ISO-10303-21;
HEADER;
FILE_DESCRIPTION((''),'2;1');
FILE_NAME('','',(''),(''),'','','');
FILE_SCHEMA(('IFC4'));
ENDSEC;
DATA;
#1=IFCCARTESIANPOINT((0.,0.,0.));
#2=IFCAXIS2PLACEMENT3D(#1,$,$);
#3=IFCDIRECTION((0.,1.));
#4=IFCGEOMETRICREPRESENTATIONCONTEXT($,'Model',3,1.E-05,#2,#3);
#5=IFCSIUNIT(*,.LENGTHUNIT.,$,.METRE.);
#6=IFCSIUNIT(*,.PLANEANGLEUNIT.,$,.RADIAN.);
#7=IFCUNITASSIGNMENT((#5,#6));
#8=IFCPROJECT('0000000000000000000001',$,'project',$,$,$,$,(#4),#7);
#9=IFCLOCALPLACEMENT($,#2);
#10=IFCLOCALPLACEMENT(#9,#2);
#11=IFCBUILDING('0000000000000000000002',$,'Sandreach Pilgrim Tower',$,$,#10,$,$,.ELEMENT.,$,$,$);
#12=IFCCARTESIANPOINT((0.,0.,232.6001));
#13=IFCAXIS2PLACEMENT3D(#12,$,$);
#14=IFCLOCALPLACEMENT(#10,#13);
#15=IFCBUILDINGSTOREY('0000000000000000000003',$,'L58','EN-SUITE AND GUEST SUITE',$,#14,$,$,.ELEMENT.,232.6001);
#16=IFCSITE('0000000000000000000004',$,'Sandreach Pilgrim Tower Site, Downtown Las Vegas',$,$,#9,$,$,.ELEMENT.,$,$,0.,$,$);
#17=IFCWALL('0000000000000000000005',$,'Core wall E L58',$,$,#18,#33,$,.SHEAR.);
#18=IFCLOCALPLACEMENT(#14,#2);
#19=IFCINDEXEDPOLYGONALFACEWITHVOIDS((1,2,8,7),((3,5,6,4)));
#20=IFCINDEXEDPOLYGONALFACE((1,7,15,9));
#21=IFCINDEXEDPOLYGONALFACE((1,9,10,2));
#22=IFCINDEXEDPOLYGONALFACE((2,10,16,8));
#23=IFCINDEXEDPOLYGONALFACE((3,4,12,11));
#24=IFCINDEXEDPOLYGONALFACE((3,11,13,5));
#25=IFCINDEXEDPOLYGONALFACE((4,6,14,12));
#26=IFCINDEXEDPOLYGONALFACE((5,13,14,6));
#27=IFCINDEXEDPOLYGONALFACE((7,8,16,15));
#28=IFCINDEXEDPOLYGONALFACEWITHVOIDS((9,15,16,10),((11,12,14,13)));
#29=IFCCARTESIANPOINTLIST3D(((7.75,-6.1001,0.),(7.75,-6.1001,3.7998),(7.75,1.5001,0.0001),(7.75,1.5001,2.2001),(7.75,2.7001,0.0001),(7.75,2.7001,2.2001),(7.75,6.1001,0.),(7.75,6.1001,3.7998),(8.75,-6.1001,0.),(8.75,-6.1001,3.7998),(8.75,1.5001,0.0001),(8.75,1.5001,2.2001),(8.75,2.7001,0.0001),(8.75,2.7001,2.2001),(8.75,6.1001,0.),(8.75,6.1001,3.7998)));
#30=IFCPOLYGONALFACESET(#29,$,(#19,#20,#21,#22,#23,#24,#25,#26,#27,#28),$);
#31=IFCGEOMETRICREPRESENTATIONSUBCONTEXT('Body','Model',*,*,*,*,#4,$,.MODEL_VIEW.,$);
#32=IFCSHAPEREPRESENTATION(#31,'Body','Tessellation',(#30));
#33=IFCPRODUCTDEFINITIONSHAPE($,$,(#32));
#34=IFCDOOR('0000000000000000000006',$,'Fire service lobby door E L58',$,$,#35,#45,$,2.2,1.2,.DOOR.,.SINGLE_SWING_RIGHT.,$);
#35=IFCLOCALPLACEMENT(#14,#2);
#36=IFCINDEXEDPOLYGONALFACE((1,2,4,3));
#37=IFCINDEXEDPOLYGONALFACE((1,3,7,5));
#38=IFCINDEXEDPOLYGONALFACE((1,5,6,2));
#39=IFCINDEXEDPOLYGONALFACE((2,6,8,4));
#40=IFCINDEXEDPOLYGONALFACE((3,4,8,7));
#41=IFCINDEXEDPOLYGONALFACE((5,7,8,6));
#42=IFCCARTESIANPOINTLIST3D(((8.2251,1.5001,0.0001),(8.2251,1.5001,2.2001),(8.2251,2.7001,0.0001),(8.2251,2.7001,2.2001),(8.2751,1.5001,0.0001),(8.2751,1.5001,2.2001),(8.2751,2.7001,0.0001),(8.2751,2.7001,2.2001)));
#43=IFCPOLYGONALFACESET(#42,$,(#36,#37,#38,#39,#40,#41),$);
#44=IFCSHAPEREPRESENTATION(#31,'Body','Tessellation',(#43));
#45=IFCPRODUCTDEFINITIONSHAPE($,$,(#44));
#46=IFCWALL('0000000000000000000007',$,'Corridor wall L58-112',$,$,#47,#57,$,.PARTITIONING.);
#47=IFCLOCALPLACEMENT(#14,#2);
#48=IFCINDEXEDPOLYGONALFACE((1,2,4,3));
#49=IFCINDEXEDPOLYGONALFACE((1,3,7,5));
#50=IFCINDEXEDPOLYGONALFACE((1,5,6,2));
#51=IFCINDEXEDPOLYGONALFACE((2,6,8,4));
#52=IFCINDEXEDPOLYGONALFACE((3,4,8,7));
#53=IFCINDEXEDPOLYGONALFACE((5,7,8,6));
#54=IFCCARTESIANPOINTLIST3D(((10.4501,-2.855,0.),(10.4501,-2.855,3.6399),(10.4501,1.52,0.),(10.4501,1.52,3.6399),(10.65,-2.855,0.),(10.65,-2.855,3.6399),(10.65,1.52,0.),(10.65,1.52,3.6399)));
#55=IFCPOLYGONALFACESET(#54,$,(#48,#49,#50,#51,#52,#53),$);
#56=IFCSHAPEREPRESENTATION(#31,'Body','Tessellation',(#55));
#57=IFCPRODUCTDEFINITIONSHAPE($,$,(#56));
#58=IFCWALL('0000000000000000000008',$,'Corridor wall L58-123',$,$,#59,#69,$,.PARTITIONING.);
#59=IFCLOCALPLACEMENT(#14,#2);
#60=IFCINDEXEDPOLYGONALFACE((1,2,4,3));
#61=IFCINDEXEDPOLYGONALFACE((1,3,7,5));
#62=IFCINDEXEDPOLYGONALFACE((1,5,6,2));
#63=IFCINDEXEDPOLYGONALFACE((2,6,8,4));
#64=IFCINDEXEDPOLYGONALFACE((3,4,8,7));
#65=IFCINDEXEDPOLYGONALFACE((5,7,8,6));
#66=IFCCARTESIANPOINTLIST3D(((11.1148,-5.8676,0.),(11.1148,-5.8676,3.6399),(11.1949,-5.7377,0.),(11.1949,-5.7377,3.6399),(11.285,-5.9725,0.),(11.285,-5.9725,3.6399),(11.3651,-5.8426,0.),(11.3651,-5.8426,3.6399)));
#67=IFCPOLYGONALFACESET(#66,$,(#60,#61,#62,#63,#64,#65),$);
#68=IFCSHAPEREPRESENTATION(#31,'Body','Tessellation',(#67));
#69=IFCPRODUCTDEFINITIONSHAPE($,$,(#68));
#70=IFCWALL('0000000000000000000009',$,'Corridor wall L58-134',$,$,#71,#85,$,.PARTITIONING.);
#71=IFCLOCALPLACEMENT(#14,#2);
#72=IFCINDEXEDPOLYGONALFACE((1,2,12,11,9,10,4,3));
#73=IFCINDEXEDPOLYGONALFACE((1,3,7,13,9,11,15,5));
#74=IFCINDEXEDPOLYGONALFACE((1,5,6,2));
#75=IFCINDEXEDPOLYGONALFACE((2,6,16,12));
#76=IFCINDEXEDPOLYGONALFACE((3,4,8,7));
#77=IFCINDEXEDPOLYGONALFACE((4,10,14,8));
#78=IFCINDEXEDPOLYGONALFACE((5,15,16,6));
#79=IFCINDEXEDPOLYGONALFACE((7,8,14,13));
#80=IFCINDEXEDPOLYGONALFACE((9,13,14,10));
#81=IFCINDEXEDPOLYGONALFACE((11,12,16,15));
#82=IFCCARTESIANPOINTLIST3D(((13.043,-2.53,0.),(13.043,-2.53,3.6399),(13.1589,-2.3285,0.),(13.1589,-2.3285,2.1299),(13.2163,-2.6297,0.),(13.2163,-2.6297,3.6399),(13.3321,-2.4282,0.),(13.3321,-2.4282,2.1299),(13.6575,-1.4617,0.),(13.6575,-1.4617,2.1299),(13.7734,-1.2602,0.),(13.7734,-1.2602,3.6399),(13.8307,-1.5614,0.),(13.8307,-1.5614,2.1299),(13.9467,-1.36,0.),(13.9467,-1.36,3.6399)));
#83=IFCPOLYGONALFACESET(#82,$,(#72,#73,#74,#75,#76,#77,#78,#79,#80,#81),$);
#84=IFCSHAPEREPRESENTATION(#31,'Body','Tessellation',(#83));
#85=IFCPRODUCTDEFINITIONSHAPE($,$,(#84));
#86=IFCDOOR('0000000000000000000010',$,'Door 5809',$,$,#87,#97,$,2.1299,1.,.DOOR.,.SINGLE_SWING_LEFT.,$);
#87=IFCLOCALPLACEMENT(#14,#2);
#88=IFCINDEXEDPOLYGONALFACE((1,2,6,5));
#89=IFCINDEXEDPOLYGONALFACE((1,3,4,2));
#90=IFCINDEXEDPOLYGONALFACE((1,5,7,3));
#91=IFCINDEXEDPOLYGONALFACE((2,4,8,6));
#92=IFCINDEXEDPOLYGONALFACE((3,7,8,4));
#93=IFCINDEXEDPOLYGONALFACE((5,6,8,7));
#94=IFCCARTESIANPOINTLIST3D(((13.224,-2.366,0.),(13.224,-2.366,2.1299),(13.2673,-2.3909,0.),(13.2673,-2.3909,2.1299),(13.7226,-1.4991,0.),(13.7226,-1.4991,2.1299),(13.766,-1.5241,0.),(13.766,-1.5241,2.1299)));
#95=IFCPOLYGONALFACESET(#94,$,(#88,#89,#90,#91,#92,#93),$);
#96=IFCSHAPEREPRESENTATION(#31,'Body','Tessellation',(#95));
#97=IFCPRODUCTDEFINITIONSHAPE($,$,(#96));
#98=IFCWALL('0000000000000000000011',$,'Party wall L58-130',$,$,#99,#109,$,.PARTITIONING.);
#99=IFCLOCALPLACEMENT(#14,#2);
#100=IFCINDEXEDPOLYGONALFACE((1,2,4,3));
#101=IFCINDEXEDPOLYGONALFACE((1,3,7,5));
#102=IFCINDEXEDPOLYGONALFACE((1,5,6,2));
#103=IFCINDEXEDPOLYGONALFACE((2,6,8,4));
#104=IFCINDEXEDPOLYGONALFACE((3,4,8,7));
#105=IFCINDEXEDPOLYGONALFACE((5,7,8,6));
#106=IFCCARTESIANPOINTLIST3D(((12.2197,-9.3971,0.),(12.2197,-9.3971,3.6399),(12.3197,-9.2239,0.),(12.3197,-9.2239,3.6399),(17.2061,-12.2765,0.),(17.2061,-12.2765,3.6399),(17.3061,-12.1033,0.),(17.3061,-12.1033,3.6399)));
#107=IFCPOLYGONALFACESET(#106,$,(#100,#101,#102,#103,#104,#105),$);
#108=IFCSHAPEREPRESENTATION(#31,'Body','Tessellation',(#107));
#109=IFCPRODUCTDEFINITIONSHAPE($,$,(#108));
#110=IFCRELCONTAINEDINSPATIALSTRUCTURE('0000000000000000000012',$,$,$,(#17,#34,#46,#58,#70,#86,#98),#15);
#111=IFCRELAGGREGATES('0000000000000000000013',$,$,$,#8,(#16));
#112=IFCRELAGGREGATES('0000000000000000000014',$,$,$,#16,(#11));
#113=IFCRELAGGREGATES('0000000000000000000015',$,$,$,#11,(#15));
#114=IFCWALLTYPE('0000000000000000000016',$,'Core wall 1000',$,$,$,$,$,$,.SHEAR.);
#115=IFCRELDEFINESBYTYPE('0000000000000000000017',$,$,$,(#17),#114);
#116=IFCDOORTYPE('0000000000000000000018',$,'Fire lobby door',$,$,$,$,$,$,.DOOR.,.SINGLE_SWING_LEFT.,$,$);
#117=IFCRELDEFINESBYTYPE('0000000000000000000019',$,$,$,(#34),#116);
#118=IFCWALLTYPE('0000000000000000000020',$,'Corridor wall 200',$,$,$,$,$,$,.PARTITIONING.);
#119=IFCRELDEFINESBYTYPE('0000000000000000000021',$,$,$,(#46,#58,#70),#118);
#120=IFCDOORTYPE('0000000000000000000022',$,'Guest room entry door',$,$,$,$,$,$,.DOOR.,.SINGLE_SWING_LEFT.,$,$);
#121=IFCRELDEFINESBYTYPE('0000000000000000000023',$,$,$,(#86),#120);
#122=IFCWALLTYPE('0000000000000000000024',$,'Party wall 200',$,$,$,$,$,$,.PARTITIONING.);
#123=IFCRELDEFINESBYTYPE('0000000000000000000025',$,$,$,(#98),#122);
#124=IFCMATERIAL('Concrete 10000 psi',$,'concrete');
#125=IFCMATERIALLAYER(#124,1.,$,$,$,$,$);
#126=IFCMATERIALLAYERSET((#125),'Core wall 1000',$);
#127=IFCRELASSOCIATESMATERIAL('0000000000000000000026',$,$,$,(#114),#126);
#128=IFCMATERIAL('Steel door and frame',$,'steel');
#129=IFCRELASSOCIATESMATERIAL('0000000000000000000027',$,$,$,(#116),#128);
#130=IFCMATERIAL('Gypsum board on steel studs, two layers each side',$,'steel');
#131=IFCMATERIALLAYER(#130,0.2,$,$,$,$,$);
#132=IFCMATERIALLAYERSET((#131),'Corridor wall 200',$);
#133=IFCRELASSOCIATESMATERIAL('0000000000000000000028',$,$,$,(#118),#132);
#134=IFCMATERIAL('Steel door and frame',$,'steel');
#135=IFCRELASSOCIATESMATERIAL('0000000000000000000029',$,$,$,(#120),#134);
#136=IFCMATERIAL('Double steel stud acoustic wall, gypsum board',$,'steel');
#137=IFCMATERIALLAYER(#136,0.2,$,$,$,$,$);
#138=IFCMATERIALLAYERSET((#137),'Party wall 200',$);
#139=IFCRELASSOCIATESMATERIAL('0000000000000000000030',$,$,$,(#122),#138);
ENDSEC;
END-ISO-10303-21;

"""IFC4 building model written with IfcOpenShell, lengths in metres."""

from ifc_helpers import new_model, si_unit, direction, frame, frame_2d, origin, place, context, subcontext, project, spatial, rectangle, extrude, material, layer, layer_set, type_object, element, fill, save


model = new_model("IFC4")

# Units and contexts
model_context = context("Model", 3, precision=1e-05, world=origin(), true_north=direction((0.0, 1.0)))
body_context = subcontext(model_context, "Body", "Model", "MODEL_VIEW")
ifc_project = project(units=[si_unit("LENGTHUNIT", "METRE"), si_unit("PLANEANGLEUNIT", "RADIAN")], contexts=[model_context])

# Site, building, storey
site_placement = place(None, origin())
site = spatial("IfcSite", under=ifc_project, at=site_placement, Name="Sandreach Pilgrim Tower Site, Downtown Las Vegas", CompositionType="ELEMENT", RefElevation=0.0)
building_placement = place(site_placement, origin())
building = spatial("IfcBuilding", under=site, at=building_placement, Name="Sandreach Pilgrim Tower", CompositionType="ELEMENT")
storey_placement = place(building_placement, frame((0.0, 0.0, 232.6001)))
storey = spatial("IfcBuildingStorey", under=building, at=storey_placement, Name="L58", Description="EN-SUITE AND GUEST SUITE", CompositionType="ELEMENT", Elevation=232.6001)

# Wall, opening, door
ifc_material_1 = material(Name="Concrete 10000 psi", Category="concrete")
ifc_layer_1 = layer(ifc_material_1, 1.0)
ifc_layer_set_1 = layer_set([ifc_layer_1], Name="Core wall 1000")
wall_type_1 = type_object("IfcWallType", Name="Core wall 1000", PredefinedType="SHEAR", material=ifc_layer_set_1)
wall_1_placement = place(storey_placement, frame((8.25, -6.1001, 0.0), z_axis=(0.0, 0.0, 1.0), x_axis=(0.0, 1.0, 0.0)))
wall_1 = element("IfcWall", 1, at=wall_1_placement, inside=storey, type_object=wall_type_1, Name="Core wall E L58", PredefinedType="SHEAR", context=body_context, shape_type="SweptSolid", body=[
    extrude(rectangle(XDim=12.2002, YDim=1.0, at=frame_2d((6.1001, 0.0))), origin(), (0.0, 0.0, 1.0), 3.7998),
])
opening_1_placement = place(wall_1_placement, frame((7.6001, 0.0, 0.0)))
opening_1 = element("IfcOpeningElement", 2, at=opening_1_placement, cuts=wall_1, PredefinedType="OPENING", context=body_context, shape_type="SweptSolid", body=[
    extrude(rectangle(XDim=1.2, YDim=2.2, at=frame_2d((0.6001, 1.1001))), frame((0.0, 0.5, 0.0), z_axis=(0.0, -1.0, 0.0), x_axis=(1.0, 0.0, 0.0)), (0.0, 0.0, 1.0), 1.0),
])
ifc_material_2 = material(Name="Steel door and frame", Category="steel")
door_type_1 = type_object("IfcDoorType", Name="Fire lobby door", OperationType="SINGLE_SWING_LEFT", PredefinedType="DOOR", material=ifc_material_2)
door_1_placement = place(opening_1_placement, origin())
door_1 = element("IfcDoor", 3, at=door_1_placement, inside=storey, type_object=door_type_1, Name="Fire service lobby door E L58", OperationType="SINGLE_SWING_RIGHT", OverallHeight=2.2, OverallWidth=1.2, PredefinedType="DOOR", context=body_context, shape_type="SweptSolid", body=[
    extrude(rectangle(XDim=1.2, YDim=2.2, at=frame_2d((0.6001, 1.1001))), frame((0.0, 0.0249, 0.0), z_axis=(0.0, -1.0, 0.0), x_axis=(1.0, 0.0, 0.0)), (0.0, 0.0, 1.0), 0.05),
])
fill(opening_1, door_1)
ifc_material_3 = material(Name="Gypsum board on steel studs, two layers each side", Category="steel")
ifc_layer_2 = layer(ifc_material_3, 0.2)
ifc_layer_set_2 = layer_set([ifc_layer_2], Name="Corridor wall 200")
wall_type_2 = type_object("IfcWallType", Name="Corridor wall 200", PredefinedType="PARTITIONING", material=ifc_layer_set_2)
ifc_material_4 = material(Name="Steel door and frame", Category="steel")
door_type_2 = type_object("IfcDoorType", Name="Guest room entry door", OperationType="SINGLE_SWING_LEFT", PredefinedType="DOOR", material=ifc_material_4)

# Walls
wall_2_placement = place(storey_placement, frame((10.55, -2.855, 0.0), z_axis=(0.0, 0.0, 1.0), x_axis=(0.0, 1.0, 0.0)))
element("IfcWall", 4, at=wall_2_placement, inside=storey, type_object=wall_type_2, Name="Corridor wall L58-112", PredefinedType="PARTITIONING", context=body_context, shape_type="SweptSolid", body=[
    extrude(rectangle(XDim=4.375, YDim=0.2, at=frame_2d((2.1875, 0.0))), origin(), (0.0, 0.0, 1.0), 3.6399),
])
wall_3_placement = place(storey_placement, frame((11.2, -5.9199, 0.0), z_axis=(0.0, 0.0, 1.0), x_axis=(0.524811, 0.851219, 0.0)))
element("IfcWall", 5, at=wall_3_placement, inside=storey, type_object=wall_type_2, Name="Corridor wall L58-123", PredefinedType="PARTITIONING", context=body_context, shape_type="SweptSolid", body=[
    extrude(rectangle(XDim=0.1526, YDim=0.2, at=frame_2d((0.0762, 0.0))), origin(), (0.0, 0.0, 1.0), 3.6399),
])

# Wall, opening, door
wall_4_placement = place(storey_placement, frame((13.1296, -2.5798, 0.0), z_axis=(0.0, 0.0, 1.0), x_axis=(0.49865, 0.866804, 0.0)))
wall_4 = element("IfcWall", 6, at=wall_4_placement, inside=storey, type_object=wall_type_2, Name="Corridor wall L58-134", PredefinedType="PARTITIONING", context=body_context, shape_type="SweptSolid", body=[
    extrude(rectangle(XDim=1.4648, YDim=0.2, at=frame_2d((0.7324, 0.0))), origin(), (0.0, 0.0, 1.0), 3.6399),
])
opening_2_placement = place(wall_4_placement, frame((0.2324, 0.0, 0.0)))
opening_2 = element("IfcOpeningElement", 7, at=opening_2_placement, cuts=wall_4, PredefinedType="OPENING", context=body_context, shape_type="SweptSolid", body=[
    extrude(rectangle(XDim=1.0, YDim=2.1299, at=frame_2d((0.5, 1.0649))), frame((0.0, 0.1001, 0.0), z_axis=(0.0, -1.0, 0.0), x_axis=(1.0, 0.0, 0.0)), (0.0, 0.0, 1.0), 0.2),
])
door_2_placement = place(opening_2_placement, origin())
door_2 = element("IfcDoor", 8, at=door_2_placement, inside=storey, type_object=door_type_2, Name="Door 5809", OperationType="SINGLE_SWING_LEFT", OverallHeight=2.1299, OverallWidth=1.0, PredefinedType="DOOR", context=body_context, shape_type="SweptSolid", body=[
    extrude(rectangle(XDim=1.0, YDim=2.1299, at=frame_2d((0.5, 1.0649))), frame((0.0, 0.0249, 0.0), z_axis=(0.0, -1.0, 0.0), x_axis=(1.0, 0.0, 0.0)), (0.0, 0.0, 1.0), 0.05),
])
fill(opening_2, door_2)

# Wall
ifc_material_5 = material(Name="Double steel stud acoustic wall, gypsum board", Category="steel")
ifc_layer_3 = layer(ifc_material_5, 0.2)
ifc_layer_set_3 = layer_set([ifc_layer_3], Name="Party wall 200")
wall_type_3 = type_object("IfcWallType", Name="Party wall 200", PredefinedType="PARTITIONING", material=ifc_layer_set_3)
wall_5_placement = place(storey_placement, frame((12.2698, -9.3105, 0.0), z_axis=(0.0, 0.0, 1.0), x_axis=(0.865985, -0.50007, 0.0)))
element("IfcWall", 9, at=wall_5_placement, inside=storey, type_object=wall_type_3, Name="Party wall L58-130", PredefinedType="PARTITIONING", context=body_context, shape_type="SweptSolid", body=[
    extrude(rectangle(XDim=5.7581, YDim=0.2, at=frame_2d((2.8789, 0.0))), origin(), (0.0, 0.0, 1.0), 3.6399),
])

save(model, "model.ifc")
